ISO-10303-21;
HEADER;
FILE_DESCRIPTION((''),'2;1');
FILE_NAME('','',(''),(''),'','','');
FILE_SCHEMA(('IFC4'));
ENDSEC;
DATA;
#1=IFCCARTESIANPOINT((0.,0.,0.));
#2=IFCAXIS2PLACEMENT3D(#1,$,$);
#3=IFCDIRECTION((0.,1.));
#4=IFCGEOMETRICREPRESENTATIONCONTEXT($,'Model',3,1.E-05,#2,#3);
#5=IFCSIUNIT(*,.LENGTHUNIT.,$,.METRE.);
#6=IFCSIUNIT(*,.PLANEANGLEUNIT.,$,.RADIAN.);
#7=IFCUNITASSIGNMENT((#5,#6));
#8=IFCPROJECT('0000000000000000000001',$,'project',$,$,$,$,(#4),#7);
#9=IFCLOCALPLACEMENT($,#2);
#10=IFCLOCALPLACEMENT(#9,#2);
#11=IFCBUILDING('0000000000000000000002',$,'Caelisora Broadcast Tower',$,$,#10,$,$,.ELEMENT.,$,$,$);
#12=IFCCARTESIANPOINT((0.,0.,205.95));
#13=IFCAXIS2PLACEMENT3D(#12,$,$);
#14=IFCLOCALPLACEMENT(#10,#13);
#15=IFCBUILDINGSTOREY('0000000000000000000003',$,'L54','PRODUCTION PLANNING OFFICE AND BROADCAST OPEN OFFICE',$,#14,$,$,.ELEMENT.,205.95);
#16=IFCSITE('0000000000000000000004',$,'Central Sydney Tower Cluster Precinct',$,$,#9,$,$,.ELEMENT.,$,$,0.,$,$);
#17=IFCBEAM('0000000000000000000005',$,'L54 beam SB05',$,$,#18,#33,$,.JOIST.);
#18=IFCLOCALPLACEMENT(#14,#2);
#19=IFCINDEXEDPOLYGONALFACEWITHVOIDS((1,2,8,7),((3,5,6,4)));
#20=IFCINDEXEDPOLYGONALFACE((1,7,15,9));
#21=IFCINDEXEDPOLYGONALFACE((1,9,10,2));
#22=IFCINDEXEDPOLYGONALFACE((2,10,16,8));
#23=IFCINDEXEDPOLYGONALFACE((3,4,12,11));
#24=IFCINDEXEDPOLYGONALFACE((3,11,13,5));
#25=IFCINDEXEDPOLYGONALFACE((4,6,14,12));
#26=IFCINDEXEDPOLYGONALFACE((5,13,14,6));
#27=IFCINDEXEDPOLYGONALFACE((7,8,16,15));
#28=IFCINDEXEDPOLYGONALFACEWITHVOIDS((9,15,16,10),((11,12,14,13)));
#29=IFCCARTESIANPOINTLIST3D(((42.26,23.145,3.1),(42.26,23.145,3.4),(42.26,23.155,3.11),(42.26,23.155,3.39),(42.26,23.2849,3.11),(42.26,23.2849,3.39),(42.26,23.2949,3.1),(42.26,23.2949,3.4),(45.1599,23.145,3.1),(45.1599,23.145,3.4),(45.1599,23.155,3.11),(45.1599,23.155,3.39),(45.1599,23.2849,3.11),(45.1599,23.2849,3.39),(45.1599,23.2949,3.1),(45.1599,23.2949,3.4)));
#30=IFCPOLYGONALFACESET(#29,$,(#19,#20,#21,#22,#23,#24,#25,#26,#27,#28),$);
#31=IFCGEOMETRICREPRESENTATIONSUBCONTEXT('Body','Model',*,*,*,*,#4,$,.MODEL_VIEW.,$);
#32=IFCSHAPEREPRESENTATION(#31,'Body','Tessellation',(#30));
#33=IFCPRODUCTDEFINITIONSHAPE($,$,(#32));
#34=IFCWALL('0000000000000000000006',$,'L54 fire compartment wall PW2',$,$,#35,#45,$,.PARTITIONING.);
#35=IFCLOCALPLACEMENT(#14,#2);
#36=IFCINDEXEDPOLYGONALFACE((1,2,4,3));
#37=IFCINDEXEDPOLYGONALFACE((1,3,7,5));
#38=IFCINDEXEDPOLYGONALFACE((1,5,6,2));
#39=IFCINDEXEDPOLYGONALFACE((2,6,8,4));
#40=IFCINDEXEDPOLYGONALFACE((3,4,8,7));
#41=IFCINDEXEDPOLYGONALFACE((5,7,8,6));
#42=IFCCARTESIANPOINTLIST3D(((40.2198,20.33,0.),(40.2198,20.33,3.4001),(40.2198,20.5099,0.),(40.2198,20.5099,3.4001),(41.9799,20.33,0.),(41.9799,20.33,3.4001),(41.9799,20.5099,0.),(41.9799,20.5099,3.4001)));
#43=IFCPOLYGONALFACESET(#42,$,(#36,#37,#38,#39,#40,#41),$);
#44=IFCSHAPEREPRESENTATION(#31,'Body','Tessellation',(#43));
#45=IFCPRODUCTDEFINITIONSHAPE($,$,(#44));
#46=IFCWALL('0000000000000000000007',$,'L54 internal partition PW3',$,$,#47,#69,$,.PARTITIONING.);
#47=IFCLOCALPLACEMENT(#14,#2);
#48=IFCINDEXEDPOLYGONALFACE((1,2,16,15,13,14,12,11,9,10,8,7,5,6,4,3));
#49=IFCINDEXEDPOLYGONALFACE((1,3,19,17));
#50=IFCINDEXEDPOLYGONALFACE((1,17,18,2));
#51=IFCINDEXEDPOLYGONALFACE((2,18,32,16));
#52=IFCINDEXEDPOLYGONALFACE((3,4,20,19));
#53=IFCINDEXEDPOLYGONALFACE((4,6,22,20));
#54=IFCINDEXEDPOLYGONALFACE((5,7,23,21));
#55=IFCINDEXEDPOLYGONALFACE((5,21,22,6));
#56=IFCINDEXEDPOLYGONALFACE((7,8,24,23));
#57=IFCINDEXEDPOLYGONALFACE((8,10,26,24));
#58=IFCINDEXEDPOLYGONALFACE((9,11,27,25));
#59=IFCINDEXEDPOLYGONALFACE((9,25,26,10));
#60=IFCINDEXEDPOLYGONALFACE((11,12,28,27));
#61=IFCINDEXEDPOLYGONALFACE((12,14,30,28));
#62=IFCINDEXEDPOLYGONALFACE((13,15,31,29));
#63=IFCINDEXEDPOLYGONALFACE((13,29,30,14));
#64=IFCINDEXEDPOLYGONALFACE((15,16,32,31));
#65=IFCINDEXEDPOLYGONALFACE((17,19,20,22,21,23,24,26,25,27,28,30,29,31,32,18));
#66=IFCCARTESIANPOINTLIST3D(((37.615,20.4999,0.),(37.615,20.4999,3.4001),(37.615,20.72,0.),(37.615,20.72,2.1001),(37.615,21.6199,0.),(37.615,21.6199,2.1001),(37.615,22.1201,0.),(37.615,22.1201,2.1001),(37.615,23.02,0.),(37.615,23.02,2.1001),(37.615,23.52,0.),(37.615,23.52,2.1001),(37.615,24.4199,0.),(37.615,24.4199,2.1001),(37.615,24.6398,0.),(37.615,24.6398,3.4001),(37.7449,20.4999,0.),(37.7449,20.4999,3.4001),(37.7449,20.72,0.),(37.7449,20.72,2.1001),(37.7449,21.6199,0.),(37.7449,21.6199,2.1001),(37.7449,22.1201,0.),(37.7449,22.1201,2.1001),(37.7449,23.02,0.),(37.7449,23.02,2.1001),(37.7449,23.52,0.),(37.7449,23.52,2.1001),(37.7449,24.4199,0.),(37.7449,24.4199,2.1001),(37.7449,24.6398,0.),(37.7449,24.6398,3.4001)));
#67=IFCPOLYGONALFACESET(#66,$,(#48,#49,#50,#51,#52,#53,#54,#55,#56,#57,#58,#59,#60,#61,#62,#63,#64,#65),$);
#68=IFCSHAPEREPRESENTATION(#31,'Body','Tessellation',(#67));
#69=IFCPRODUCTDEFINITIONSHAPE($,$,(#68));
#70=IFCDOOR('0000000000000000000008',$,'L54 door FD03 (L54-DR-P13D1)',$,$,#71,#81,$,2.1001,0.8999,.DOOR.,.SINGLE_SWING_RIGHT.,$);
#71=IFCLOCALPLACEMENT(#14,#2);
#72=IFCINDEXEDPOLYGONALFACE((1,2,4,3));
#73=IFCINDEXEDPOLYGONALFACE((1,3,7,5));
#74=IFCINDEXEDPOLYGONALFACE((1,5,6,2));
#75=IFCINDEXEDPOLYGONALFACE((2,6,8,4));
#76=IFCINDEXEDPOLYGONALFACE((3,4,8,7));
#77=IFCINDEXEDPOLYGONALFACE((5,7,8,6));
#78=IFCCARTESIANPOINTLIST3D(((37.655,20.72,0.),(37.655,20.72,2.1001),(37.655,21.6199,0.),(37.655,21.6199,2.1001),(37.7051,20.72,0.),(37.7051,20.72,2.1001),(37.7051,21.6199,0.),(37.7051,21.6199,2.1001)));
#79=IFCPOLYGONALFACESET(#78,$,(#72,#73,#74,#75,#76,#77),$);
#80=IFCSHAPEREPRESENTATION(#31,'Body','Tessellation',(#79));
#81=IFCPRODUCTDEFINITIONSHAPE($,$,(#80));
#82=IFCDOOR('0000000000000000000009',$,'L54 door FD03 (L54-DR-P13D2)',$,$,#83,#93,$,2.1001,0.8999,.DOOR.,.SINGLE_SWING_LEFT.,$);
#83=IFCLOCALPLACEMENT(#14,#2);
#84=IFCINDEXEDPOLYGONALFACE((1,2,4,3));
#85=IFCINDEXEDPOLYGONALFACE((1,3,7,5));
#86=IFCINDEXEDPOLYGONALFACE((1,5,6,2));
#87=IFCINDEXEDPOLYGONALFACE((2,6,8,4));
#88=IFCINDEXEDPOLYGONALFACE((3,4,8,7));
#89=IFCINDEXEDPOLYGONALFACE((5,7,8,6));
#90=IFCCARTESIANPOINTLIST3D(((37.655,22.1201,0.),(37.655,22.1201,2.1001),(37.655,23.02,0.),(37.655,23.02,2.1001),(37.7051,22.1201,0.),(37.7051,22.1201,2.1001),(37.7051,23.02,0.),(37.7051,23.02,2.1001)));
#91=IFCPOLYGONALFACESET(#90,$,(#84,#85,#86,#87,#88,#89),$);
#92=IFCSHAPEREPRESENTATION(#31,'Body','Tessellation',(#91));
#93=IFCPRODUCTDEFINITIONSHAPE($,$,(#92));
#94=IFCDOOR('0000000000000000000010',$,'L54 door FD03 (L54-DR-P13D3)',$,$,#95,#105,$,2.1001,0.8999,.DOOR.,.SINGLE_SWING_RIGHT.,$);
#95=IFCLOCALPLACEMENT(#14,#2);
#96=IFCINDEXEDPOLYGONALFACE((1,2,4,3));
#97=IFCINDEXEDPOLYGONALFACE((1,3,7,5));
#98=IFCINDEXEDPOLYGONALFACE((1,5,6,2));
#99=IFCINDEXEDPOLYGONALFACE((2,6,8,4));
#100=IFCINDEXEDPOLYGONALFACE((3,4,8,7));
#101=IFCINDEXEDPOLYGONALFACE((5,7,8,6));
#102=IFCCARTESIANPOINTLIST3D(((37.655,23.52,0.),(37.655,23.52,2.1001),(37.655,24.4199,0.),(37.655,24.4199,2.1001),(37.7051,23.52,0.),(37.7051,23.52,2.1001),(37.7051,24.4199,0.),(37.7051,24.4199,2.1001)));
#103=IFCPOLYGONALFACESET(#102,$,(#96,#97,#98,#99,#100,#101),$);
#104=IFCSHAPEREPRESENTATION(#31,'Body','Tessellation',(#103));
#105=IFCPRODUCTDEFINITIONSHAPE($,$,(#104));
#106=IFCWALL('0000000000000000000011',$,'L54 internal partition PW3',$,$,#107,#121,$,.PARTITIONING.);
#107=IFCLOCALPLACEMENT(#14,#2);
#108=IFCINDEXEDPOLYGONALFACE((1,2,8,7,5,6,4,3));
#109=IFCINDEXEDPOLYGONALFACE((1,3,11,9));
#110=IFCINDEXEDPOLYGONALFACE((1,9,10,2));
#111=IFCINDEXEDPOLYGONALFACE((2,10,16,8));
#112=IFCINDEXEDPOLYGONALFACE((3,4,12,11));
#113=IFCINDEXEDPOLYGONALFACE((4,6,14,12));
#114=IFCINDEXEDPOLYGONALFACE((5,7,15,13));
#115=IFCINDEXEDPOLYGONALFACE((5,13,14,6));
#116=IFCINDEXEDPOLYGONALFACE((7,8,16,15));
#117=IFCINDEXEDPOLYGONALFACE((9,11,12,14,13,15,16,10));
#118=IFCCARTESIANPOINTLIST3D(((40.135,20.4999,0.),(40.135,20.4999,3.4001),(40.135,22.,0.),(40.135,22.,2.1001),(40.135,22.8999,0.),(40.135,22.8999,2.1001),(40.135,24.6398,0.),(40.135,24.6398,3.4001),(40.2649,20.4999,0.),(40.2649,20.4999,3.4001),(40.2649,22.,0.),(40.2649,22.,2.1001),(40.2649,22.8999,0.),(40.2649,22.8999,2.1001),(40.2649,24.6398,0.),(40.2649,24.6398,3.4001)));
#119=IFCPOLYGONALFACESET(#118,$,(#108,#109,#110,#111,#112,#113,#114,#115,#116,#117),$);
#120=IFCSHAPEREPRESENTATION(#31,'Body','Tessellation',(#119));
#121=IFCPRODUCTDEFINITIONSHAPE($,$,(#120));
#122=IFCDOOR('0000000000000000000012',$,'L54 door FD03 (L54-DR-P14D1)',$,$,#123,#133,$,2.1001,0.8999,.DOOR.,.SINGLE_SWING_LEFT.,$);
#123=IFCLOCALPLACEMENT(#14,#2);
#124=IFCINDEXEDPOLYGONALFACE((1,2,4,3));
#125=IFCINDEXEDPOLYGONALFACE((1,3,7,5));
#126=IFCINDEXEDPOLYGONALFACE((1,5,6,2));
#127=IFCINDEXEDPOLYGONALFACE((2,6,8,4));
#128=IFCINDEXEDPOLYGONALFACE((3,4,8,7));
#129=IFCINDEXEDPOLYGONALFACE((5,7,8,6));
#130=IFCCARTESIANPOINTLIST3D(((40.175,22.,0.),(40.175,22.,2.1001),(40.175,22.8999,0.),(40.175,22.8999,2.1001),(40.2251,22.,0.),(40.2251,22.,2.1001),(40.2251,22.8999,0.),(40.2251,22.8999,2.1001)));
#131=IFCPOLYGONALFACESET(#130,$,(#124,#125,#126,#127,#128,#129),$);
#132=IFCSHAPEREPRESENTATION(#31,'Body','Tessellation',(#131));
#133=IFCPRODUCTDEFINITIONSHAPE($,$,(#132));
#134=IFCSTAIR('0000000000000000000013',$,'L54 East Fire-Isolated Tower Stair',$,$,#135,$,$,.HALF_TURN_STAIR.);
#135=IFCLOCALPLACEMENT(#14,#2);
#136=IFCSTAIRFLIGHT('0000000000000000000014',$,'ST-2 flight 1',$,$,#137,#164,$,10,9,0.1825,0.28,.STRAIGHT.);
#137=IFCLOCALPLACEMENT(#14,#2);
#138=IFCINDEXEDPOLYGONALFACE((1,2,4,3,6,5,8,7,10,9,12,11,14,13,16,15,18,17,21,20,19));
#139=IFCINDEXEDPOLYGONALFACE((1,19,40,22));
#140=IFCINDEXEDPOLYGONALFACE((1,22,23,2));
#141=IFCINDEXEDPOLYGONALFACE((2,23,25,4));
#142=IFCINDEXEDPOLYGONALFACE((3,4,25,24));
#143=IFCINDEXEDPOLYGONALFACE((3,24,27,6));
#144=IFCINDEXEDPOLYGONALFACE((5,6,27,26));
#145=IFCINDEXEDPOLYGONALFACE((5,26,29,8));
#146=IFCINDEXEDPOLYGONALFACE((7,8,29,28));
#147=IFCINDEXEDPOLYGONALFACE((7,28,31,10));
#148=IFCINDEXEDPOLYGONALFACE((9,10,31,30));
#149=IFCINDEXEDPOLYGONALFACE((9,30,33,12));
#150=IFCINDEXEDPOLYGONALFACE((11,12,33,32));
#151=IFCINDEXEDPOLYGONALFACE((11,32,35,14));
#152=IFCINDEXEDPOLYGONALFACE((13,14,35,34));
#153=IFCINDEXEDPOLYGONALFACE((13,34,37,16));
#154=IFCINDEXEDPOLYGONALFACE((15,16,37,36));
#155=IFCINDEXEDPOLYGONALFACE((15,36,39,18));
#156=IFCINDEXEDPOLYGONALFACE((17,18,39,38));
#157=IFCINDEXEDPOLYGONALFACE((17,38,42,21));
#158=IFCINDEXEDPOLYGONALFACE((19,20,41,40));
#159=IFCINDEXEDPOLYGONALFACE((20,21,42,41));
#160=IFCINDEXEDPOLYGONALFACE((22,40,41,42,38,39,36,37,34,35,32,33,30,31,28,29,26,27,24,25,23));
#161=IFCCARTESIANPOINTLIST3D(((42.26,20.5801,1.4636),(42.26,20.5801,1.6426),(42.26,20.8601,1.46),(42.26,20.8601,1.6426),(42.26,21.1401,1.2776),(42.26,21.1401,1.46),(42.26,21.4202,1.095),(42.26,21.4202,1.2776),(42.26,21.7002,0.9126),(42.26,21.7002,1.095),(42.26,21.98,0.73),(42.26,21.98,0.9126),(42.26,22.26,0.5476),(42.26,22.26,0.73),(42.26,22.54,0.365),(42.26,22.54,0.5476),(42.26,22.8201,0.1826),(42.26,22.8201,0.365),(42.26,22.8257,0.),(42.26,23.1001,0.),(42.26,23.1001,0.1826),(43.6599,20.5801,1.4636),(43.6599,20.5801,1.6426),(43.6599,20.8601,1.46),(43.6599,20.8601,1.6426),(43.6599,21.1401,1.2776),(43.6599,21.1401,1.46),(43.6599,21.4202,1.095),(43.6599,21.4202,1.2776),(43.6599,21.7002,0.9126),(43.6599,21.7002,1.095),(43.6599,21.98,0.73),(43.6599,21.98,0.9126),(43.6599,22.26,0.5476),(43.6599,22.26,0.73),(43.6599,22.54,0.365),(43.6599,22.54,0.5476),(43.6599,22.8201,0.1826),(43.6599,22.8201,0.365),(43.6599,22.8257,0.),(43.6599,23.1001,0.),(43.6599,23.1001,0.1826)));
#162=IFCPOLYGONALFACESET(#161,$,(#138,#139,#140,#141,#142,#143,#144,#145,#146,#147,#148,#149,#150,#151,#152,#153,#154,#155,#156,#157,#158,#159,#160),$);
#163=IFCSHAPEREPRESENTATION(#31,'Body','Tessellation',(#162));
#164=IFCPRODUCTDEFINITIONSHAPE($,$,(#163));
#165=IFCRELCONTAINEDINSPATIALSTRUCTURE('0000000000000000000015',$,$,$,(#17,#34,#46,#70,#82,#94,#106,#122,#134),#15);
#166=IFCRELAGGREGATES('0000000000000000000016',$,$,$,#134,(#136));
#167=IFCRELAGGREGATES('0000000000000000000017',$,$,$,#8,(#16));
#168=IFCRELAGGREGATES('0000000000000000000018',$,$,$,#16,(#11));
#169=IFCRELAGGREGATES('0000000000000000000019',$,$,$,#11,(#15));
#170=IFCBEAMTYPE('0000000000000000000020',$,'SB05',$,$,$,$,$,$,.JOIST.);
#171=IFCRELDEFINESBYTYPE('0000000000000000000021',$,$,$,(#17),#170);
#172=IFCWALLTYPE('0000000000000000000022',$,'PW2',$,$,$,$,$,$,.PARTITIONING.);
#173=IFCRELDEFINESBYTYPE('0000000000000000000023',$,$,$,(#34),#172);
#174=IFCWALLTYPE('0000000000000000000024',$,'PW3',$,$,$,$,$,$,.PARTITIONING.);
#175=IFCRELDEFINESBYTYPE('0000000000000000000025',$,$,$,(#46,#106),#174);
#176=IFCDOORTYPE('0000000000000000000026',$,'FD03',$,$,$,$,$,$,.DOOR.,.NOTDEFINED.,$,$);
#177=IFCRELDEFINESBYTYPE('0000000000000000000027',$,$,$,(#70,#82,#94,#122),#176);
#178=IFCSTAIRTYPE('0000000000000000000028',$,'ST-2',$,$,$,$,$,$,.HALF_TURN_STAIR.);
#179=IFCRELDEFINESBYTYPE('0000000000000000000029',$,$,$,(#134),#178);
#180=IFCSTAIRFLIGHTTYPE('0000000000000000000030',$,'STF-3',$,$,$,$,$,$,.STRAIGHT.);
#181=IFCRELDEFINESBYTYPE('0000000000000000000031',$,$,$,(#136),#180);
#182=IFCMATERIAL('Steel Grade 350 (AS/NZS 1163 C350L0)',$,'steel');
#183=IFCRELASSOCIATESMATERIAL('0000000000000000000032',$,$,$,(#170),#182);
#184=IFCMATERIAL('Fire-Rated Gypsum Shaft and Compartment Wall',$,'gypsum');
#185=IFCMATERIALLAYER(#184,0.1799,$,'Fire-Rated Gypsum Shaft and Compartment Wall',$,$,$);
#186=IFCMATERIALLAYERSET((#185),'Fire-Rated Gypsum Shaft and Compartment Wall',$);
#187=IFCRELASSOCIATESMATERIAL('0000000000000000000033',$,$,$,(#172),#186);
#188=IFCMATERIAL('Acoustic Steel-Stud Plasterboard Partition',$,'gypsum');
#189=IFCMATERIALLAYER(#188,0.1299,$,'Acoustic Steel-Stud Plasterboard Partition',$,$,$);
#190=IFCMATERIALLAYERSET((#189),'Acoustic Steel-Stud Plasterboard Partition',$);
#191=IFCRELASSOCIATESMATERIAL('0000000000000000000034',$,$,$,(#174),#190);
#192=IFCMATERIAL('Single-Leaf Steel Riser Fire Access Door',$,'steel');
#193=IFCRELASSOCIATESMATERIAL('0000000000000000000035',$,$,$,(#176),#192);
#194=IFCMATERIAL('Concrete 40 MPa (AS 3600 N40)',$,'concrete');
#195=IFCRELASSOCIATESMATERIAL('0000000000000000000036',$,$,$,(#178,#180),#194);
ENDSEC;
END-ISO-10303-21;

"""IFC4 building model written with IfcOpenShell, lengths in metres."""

from ifc_helpers import new_model, si_unit, direction, frame, frame_2d, origin, origin_2d, place, context, subcontext, project, spatial, polyline, rectangle, hollow_rectangle, outline, extrude, source, transform, mapped, material, layer, layer_set, material_profile, profile_set, type_object, type_shapes, element, fill, aggregate, save


model = new_model("IFC4")

# Units and contexts
model_context = context("Model", 3, precision=1e-05, world=origin(), true_north=direction((0.0, 1.0)))
body_context = subcontext(model_context, "Body", "Model", "MODEL_VIEW")
ifc_project = project(units=[si_unit("LENGTHUNIT", "METRE"), si_unit("PLANEANGLEUNIT", "RADIAN")], contexts=[model_context])

# Site, building, storey
site_placement = place(None, origin())
site = spatial("IfcSite", under=ifc_project, at=site_placement, Name="Central Sydney Tower Cluster Precinct", CompositionType="ELEMENT", RefElevation=0.0)
building_placement = place(site_placement, origin())
building = spatial("IfcBuilding", under=site, at=building_placement, Name="Caelisora Broadcast Tower", CompositionType="ELEMENT")
storey_placement = place(building_placement, frame((0.0, 0.0, 205.95)))
storey = spatial("IfcBuildingStorey", under=building, at=storey_placement, Name="L54", Description="PRODUCTION PLANNING OFFICE AND BROADCAST OPEN OFFICE", CompositionType="ELEMENT", Elevation=205.95)

# Beam
ifc_material_1 = material(Name="Steel Grade 350 (AS/NZS 1163 C350L0)", Category="steel")
ifc_material_profile = material_profile(ifc_material_1, hollow_rectangle(XDim=0.1499, YDim=0.3, WallThickness=0.01, at=origin_2d()), Name="Steel Grade 350 (AS/NZS 1163 C350L0)")
ifc_profile_set = profile_set([ifc_material_profile], Name="Steel Grade 350 (AS/NZS 1163 C350L0)")
beam_type = type_object("IfcBeamType", Name="SB05", PredefinedType="JOIST", material=ifc_profile_set)
shared_shape = source(origin(), body_context, "Body", "SweptSolid", [
    extrude(hollow_rectangle(XDim=0.1499, YDim=0.3, WallThickness=0.01, at=origin_2d()), origin(), (0.0, 0.0, 1.0), 2.8999),
])
type_shapes(beam_type, [shared_shape])
beam_placement = place(storey_placement, frame((42.26, 23.22, 3.25), z_axis=(1.0, 0.0, 0.0), x_axis=(0.0, 1.0, 0.0)))
element("IfcBeam", 1, at=beam_placement, inside=storey, type_object=beam_type, Name="L54 beam SB05", PredefinedType="JOIST", context=body_context, shape_type="MappedRepresentation", body=[
    mapped(shared_shape, transform((0.0, 0.0, 0.0), scale=1.0)),
])

# Wall
ifc_material_2 = material(Name="Fire-Rated Gypsum Shaft and Compartment Wall", Category="gypsum")
ifc_layer_1 = layer(ifc_material_2, 0.1799, Name="Fire-Rated Gypsum Shaft and Compartment Wall")
ifc_layer_set_1 = layer_set([ifc_layer_1], Name="Fire-Rated Gypsum Shaft and Compartment Wall")
wall_type_1 = type_object("IfcWallType", Name="PW2", PredefinedType="PARTITIONING", material=ifc_layer_set_1)
wall_1_placement = place(storey_placement, frame((40.22, 20.4199, 0.0), z_axis=(0.0, 0.0, 1.0), x_axis=(1.0, 0.0, 0.0)))
element("IfcWall", 2, at=wall_1_placement, inside=storey, type_object=wall_type_1, Name="L54 fire compartment wall PW2", PredefinedType="PARTITIONING", context=body_context, shape_type="SweptSolid", body=[
    extrude(rectangle(XDim=1.76, YDim=0.1799, at=frame_2d((0.8799, 0.0))), origin(), (0.0, 0.0, 1.0), 3.4001),
])

# Wall, openings, doors
ifc_material_3 = material(Name="Acoustic Steel-Stud Plasterboard Partition", Category="gypsum")
ifc_layer_2 = layer(ifc_material_3, 0.1299, Name="Acoustic Steel-Stud Plasterboard Partition")
ifc_layer_set_2 = layer_set([ifc_layer_2], Name="Acoustic Steel-Stud Plasterboard Partition")
wall_type_2 = type_object("IfcWallType", Name="PW3", PredefinedType="PARTITIONING", material=ifc_layer_set_2)
wall_2_placement = place(storey_placement, frame((37.6799, 20.5, 0.0), z_axis=(0.0, 0.0, 1.0), x_axis=(0.0, 1.0, 0.0)))
wall_2 = element("IfcWall", 3, at=wall_2_placement, inside=storey, type_object=wall_type_2, Name="L54 internal partition PW3", PredefinedType="PARTITIONING", context=body_context, shape_type="SweptSolid", body=[
    extrude(rectangle(XDim=4.1399, YDim=0.1299, at=frame_2d((2.0698, 0.0))), origin(), (0.0, 0.0, 1.0), 3.4001),
])
opening_1_placement = place(wall_2_placement, frame((0.22, 0.0, 0.0)))
opening_1 = element("IfcOpeningElement", 4, at=opening_1_placement, cuts=wall_2, PredefinedType="OPENING", context=body_context, shape_type="SweptSolid", body=[
    extrude(rectangle(XDim=0.8999, YDim=2.1001, at=frame_2d((0.45, 1.05))), frame((0.0, 0.0769, 0.0), z_axis=(0.0, -1.0, 0.0), x_axis=(1.0, 0.0, 0.0)), (0.0, 0.0, 1.0), 0.1538),
])
opening_2_placement = place(wall_2_placement, frame((1.6201, 0.0, 0.0)))
opening_2 = element("IfcOpeningElement", 5, at=opening_2_placement, cuts=wall_2, PredefinedType="OPENING", context=body_context, shape_type="SweptSolid", body=[
    extrude(rectangle(XDim=0.8999, YDim=2.1001, at=frame_2d((0.45, 1.05))), frame((0.0, 0.0769, 0.0), z_axis=(0.0, -1.0, 0.0), x_axis=(1.0, 0.0, 0.0)), (0.0, 0.0, 1.0), 0.1538),
])
opening_3_placement = place(wall_2_placement, frame((3.02, 0.0, 0.0)))
opening_3 = element("IfcOpeningElement", 6, at=opening_3_placement, cuts=wall_2, PredefinedType="OPENING", context=body_context, shape_type="SweptSolid", body=[
    extrude(rectangle(XDim=0.8999, YDim=2.1001, at=frame_2d((0.45, 1.05))), frame((0.0, 0.0769, 0.0), z_axis=(0.0, -1.0, 0.0), x_axis=(1.0, 0.0, 0.0)), (0.0, 0.0, 1.0), 0.1538),
])
ifc_material_4 = material(Name="Single-Leaf Steel Riser Fire Access Door", Category="steel")
door_type = type_object("IfcDoorType", Name="FD03", OperationType="NOTDEFINED", PredefinedType="DOOR", material=ifc_material_4)
door_1_placement = place(opening_1_placement, origin())
door_1 = element("IfcDoor", 7, at=door_1_placement, inside=storey, type_object=door_type, Name="L54 door FD03 (L54-DR-P13D1)", OperationType="SINGLE_SWING_RIGHT", OverallHeight=2.1001, OverallWidth=0.8999, PredefinedType="DOOR", context=body_context, shape_type="SweptSolid", body=[
    extrude(rectangle(XDim=0.8999, YDim=2.1001, at=frame_2d((0.45, 1.05))), frame((0.0, 0.0249, 0.0), z_axis=(0.0, -1.0, 0.0), x_axis=(1.0, 0.0, 0.0)), (0.0, 0.0, 1.0), 0.05),
])
fill(opening_1, door_1)
door_2_placement = place(opening_2_placement, origin())
door_2 = element("IfcDoor", 8, at=door_2_placement, inside=storey, type_object=door_type, Name="L54 door FD03 (L54-DR-P13D2)", OperationType="SINGLE_SWING_LEFT", OverallHeight=2.1001, OverallWidth=0.8999, PredefinedType="DOOR", context=body_context, shape_type="SweptSolid", body=[
    extrude(rectangle(XDim=0.8999, YDim=2.1001, at=frame_2d((0.45, 1.05))), frame((0.0, 0.0249, 0.0), z_axis=(0.0, -1.0, 0.0), x_axis=(1.0, 0.0, 0.0)), (0.0, 0.0, 1.0), 0.05),
])
fill(opening_2, door_2)
door_3_placement = place(opening_3_placement, origin())
door_3 = element("IfcDoor", 9, at=door_3_placement, inside=storey, type_object=door_type, Name="L54 door FD03 (L54-DR-P13D3)", OperationType="SINGLE_SWING_RIGHT", OverallHeight=2.1001, OverallWidth=0.8999, PredefinedType="DOOR", context=body_context, shape_type="SweptSolid", body=[
    extrude(rectangle(XDim=0.8999, YDim=2.1001, at=frame_2d((0.45, 1.05))), frame((0.0, 0.0249, 0.0), z_axis=(0.0, -1.0, 0.0), x_axis=(1.0, 0.0, 0.0)), (0.0, 0.0, 1.0), 0.05),
])
fill(opening_3, door_3)

# Wall, opening, door
wall_3_placement = place(storey_placement, frame((40.2, 20.5, 0.0), z_axis=(0.0, 0.0, 1.0), x_axis=(0.0, 1.0, 0.0)))
wall_3 = element("IfcWall", 10, at=wall_3_placement, inside=storey, type_object=wall_type_2, Name="L54 internal partition PW3", PredefinedType="PARTITIONING", context=body_context, shape_type="SweptSolid", body=[
    extrude(rectangle(XDim=4.1399, YDim=0.1299, at=frame_2d((2.0698, 0.0))), origin(), (0.0, 0.0, 1.0), 3.4001),
])
opening_4_placement = place(wall_3_placement, frame((1.5, 0.0, 0.0)))
opening_4 = element("IfcOpeningElement", 11, at=opening_4_placement, cuts=wall_3, PredefinedType="OPENING", context=body_context, shape_type="SweptSolid", body=[
    extrude(rectangle(XDim=0.8999, YDim=2.1001, at=frame_2d((0.45, 1.05))), frame((0.0, 0.0769, 0.0), z_axis=(0.0, -1.0, 0.0), x_axis=(1.0, 0.0, 0.0)), (0.0, 0.0, 1.0), 0.1538),
])
door_4_placement = place(opening_4_placement, origin())
door_4 = element("IfcDoor", 12, at=door_4_placement, inside=storey, type_object=door_type, Name="L54 door FD03 (L54-DR-P14D1)", OperationType="SINGLE_SWING_LEFT", OverallHeight=2.1001, OverallWidth=0.8999, PredefinedType="DOOR", context=body_context, shape_type="SweptSolid", body=[
    extrude(rectangle(XDim=0.8999, YDim=2.1001, at=frame_2d((0.45, 1.05))), frame((0.0, 0.0249, 0.0), z_axis=(0.0, -1.0, 0.0), x_axis=(1.0, 0.0, 0.0)), (0.0, 0.0, 1.0), 0.05),
])
fill(opening_4, door_4)

# Stair, stair flight
ifc_material_5 = material(Name="Concrete 40 MPa (AS 3600 N40)", Category="concrete")
stair_type = type_object("IfcStairType", Name="ST-2", PredefinedType="HALF_TURN_STAIR", material=ifc_material_5)
stair_placement = place(storey_placement, origin())
stair = element("IfcStair", 13, at=stair_placement, inside=storey, type_object=stair_type, Name="L54 East Fire-Isolated Tower Stair", PredefinedType="HALF_TURN_STAIR")
stair_flight_type = type_object("IfcStairFlightType", Name="STF-3", PredefinedType="STRAIGHT", material=ifc_material_5)
stair_flight_1_placement = place(storey_placement, frame((42.96, 23.1001, 0.0), z_axis=(0.0, 0.0, 1.0), x_axis=(0.0, -1.0, 0.0)))
stair_flight_1 = element("IfcStairFlight", 14, at=stair_flight_1_placement, type_object=stair_flight_type, Name="ST-2 flight 1", NumberOfRisers=10, NumberOfTreads=9, PredefinedType="STRAIGHT", RiserHeight=0.1825, TreadLength=0.28, context=body_context, shape_type="SweptSolid", body=[
    extrude(outline(polyline([(0.0, 0.0), (0.0, 0.1826), (0.28, 0.1826), (0.28, 0.365), (0.5601, 0.365), (0.5601, 0.5476), (0.8401, 0.5476), (0.8401, 0.73), (1.1201, 0.73), (1.1201, 0.9126), (1.3999, 0.9126), (1.3999, 1.095), (1.6799, 1.095), (1.6799, 1.2776), (1.96, 1.2776), (1.96, 1.46), (2.24, 1.46), (2.24, 1.6426), (2.52, 1.6426), (2.52, 1.825), (2.52, 1.4636), (0.2744, 0.0), (0.0, 0.0)])), frame((0.0, 0.7, 0.0), z_axis=(0.0, -1.0, 0.0), x_axis=(1.0, 0.0, 0.0)), (0.0, 0.0, 1.0), 1.3999),
])
aggregate(stair, [stair_flight_1])

save(model, "model.ifc")
